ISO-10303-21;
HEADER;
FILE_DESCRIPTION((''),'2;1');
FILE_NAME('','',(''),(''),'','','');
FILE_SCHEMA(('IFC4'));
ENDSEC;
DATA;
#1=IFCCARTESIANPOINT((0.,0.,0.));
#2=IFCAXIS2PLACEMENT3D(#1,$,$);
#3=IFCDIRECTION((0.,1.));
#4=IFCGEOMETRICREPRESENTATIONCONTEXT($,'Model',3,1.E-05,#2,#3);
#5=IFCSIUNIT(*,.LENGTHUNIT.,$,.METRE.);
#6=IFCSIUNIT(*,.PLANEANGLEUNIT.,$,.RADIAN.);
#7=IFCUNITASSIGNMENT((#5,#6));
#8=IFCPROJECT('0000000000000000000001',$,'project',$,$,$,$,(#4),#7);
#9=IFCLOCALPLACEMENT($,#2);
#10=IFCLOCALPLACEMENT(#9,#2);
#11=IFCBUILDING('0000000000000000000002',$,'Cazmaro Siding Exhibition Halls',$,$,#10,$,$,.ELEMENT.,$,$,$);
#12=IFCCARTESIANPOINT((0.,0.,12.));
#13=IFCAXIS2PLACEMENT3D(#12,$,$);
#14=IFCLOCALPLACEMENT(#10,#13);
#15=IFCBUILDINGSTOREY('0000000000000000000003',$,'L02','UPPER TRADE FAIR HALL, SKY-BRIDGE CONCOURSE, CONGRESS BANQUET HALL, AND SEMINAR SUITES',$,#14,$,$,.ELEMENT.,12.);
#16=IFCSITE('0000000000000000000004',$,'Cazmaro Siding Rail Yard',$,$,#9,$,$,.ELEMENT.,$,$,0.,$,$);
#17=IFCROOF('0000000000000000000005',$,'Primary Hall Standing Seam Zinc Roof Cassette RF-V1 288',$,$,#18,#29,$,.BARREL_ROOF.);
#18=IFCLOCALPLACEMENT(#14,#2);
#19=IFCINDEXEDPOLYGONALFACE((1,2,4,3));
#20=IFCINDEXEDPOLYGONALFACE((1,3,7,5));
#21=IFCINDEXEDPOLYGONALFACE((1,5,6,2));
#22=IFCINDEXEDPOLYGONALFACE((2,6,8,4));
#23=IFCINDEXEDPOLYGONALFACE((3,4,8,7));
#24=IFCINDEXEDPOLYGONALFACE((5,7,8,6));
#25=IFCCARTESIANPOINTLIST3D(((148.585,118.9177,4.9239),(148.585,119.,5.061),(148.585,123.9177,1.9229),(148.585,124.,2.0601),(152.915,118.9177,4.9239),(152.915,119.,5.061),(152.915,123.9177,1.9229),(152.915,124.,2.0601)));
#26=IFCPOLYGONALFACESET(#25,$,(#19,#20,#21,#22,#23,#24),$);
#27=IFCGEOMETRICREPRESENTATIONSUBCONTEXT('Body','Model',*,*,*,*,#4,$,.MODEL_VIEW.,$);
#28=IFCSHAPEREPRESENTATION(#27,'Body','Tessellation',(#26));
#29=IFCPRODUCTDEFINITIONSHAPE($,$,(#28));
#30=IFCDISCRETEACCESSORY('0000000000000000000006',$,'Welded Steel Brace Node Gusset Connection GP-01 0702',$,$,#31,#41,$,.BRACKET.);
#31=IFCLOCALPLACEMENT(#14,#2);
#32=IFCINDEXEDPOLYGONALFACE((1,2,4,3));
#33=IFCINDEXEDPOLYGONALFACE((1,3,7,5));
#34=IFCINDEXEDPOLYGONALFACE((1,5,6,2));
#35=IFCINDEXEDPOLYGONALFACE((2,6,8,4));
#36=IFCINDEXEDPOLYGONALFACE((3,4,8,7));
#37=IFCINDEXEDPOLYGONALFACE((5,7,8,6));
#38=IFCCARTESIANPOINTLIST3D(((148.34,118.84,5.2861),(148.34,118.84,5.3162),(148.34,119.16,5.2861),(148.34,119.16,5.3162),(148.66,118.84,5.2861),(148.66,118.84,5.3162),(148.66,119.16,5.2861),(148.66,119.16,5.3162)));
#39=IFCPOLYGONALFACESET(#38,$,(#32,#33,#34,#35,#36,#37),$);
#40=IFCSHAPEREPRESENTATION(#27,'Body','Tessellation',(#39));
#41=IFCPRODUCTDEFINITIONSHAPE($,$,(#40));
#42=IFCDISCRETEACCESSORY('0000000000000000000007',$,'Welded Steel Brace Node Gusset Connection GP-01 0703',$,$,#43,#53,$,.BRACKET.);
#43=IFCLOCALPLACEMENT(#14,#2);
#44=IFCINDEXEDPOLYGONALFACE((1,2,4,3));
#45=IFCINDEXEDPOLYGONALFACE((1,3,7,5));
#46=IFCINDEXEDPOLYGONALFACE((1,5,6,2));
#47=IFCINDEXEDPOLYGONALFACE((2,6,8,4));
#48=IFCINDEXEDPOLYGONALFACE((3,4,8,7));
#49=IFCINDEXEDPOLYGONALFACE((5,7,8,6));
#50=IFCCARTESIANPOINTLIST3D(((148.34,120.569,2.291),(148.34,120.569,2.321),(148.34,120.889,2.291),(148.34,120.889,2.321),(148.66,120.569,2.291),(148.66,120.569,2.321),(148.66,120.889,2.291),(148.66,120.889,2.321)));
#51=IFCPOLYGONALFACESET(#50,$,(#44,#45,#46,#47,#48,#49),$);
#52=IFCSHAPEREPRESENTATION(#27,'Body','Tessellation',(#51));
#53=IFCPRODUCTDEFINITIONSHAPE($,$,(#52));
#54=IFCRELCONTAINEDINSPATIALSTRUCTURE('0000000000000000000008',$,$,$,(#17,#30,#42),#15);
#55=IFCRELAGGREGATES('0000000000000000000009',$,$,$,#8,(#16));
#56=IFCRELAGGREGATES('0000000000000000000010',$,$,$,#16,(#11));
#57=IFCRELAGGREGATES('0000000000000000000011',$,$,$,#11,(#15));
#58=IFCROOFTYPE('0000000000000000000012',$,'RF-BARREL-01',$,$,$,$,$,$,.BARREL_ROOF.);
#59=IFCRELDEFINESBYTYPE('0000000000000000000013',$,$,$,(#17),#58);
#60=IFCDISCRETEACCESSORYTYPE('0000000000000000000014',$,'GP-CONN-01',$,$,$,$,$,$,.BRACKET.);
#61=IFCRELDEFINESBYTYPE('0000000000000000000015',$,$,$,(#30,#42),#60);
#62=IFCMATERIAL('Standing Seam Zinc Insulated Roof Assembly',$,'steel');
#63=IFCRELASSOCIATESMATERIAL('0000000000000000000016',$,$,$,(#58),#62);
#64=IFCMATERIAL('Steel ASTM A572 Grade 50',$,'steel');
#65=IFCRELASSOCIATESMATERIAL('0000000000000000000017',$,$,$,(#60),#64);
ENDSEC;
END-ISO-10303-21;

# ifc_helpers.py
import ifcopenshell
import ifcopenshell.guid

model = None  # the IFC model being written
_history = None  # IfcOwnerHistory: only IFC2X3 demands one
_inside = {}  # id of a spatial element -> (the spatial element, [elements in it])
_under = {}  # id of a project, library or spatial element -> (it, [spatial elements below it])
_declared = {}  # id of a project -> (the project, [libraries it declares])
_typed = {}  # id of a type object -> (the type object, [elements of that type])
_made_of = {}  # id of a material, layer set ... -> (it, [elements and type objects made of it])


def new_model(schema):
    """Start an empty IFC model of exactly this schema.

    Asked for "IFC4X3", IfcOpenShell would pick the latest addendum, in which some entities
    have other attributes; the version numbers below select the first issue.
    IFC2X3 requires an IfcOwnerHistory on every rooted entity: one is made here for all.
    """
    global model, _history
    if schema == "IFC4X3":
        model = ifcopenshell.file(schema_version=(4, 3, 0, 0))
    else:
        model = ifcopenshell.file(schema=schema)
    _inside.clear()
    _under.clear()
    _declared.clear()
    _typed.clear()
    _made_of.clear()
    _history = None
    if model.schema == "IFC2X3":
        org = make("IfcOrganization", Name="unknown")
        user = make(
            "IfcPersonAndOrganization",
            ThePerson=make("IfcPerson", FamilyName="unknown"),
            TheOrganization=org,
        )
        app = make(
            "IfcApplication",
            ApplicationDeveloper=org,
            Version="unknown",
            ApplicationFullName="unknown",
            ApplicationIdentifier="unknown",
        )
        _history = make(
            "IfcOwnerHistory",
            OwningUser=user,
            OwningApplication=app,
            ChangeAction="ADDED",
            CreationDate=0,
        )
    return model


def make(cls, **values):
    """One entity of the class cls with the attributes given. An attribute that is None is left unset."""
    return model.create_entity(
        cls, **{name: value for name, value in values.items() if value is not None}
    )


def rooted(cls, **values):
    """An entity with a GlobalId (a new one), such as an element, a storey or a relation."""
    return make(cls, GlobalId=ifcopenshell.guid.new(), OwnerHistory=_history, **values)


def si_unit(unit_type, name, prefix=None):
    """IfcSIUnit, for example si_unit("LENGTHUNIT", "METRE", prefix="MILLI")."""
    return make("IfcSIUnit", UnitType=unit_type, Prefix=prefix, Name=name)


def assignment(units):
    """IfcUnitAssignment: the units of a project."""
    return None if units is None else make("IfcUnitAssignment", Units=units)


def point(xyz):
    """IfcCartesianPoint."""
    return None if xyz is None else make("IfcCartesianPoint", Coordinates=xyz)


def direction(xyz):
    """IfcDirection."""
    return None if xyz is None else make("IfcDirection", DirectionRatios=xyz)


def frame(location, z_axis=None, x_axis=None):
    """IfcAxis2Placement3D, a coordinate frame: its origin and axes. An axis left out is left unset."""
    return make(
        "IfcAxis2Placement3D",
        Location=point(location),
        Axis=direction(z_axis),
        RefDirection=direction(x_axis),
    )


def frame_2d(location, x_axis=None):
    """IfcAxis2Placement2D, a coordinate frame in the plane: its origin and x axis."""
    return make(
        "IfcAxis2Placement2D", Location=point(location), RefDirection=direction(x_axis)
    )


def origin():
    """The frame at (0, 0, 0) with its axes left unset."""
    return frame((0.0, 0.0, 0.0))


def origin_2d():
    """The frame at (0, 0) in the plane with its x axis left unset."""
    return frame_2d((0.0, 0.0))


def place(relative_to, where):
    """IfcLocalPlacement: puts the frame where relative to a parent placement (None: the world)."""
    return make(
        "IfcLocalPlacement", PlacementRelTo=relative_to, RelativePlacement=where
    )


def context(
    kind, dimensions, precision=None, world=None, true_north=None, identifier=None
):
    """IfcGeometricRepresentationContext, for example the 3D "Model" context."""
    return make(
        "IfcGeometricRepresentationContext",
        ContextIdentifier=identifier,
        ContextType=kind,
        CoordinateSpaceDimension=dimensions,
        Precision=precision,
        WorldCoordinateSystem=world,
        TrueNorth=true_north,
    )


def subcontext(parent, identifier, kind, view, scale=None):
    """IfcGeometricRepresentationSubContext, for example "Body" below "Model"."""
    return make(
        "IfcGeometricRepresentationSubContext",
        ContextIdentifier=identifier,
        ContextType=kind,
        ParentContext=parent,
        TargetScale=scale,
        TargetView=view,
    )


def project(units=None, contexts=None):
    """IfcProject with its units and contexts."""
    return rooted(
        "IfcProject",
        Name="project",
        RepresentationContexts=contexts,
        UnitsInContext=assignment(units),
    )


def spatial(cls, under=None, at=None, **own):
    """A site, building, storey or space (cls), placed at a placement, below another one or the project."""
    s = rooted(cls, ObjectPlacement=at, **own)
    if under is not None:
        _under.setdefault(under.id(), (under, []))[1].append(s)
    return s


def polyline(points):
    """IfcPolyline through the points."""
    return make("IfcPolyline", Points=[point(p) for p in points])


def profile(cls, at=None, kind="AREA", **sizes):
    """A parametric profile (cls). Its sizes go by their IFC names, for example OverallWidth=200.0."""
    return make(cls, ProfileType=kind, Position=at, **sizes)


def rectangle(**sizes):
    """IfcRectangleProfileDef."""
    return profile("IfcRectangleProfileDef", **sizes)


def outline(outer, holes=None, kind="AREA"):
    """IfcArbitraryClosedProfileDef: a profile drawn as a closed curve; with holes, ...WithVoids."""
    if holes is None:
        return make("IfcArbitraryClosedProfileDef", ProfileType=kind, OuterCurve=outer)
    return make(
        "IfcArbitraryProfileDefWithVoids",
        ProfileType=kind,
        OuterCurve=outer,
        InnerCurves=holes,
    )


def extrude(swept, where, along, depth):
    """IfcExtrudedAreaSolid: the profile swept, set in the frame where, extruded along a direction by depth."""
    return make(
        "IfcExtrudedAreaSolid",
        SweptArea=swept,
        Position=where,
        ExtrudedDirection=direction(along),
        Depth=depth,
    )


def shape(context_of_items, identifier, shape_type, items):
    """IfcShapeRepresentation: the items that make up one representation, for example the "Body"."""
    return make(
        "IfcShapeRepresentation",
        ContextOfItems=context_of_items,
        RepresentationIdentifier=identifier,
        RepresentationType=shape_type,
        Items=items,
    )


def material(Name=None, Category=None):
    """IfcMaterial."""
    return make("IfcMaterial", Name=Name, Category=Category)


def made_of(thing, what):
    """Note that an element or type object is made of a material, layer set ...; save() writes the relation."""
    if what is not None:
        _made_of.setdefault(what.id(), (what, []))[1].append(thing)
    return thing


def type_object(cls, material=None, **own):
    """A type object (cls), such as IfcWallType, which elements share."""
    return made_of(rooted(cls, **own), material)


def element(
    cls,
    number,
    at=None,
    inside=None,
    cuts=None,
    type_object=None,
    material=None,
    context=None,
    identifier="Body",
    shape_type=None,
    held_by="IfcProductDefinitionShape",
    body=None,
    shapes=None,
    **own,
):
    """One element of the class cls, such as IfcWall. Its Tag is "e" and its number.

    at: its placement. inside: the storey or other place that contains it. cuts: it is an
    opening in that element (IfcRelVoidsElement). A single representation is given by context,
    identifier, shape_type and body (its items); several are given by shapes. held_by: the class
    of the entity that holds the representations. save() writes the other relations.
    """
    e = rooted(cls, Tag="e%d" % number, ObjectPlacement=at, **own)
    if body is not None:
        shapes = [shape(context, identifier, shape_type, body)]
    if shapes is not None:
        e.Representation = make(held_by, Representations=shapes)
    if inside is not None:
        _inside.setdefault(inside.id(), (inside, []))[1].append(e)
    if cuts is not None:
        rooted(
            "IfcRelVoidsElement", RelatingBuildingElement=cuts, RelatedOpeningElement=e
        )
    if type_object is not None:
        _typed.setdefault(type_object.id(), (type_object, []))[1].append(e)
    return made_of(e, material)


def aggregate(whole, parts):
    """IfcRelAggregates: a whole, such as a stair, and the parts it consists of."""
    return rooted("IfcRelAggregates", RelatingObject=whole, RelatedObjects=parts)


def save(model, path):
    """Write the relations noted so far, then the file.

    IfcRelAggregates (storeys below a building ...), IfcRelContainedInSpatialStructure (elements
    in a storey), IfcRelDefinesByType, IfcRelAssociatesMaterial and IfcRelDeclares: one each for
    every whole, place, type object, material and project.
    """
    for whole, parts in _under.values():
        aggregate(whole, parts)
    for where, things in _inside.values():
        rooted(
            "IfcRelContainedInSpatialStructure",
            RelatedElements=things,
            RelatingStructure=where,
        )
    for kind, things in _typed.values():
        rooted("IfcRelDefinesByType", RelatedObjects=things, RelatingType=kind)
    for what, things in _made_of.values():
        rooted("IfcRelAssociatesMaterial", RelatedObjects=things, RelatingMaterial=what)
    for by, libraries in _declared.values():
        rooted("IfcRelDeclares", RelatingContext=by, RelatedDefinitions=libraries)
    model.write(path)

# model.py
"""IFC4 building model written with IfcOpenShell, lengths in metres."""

from ifc_helpers import new_model, si_unit, direction, frame, origin, origin_2d, place, context, subcontext, project, spatial, polyline, rectangle, outline, extrude, material, type_object, element, save


model = new_model("IFC4")

# Units and contexts
model_context = context("Model", 3, precision=1e-05, world=origin(), true_north=direction((0.0, 1.0)))
body_context = subcontext(model_context, "Body", "Model", "MODEL_VIEW")
ifc_project = project(units=[si_unit("LENGTHUNIT", "METRE"), si_unit("PLANEANGLEUNIT", "RADIAN")], contexts=[model_context])

# Site, building, storey
site_placement = place(None, origin())
site = spatial("IfcSite", under=ifc_project, at=site_placement, Name="Cazmaro Siding Rail Yard", CompositionType="ELEMENT", RefElevation=0.0)
building_placement = place(site_placement, origin())
building = spatial("IfcBuilding", under=site, at=building_placement, Name="Cazmaro Siding Exhibition Halls", CompositionType="ELEMENT")
storey_placement = place(building_placement, frame((0.0, 0.0, 12.0)))
storey = spatial("IfcBuildingStorey", under=building, at=storey_placement, Name="L02", Description="UPPER TRADE FAIR HALL, SKY-BRIDGE CONCOURSE, CONGRESS BANQUET HALL, AND SEMINAR SUITES", CompositionType="ELEMENT", Elevation=12.0)

# Roof
ifc_material_1 = material(Name="Standing Seam Zinc Insulated Roof Assembly", Category="steel")
roof_type = type_object("IfcRoofType", Name="RF-BARREL-01", PredefinedType="BARREL_ROOF", material=ifc_material_1)
roof_placement = place(storey_placement, frame((148.585, 119.0, 5.061), z_axis=(0.0, 0.514619, 0.857419), x_axis=(1.0, 0.0, 0.0)))
element("IfcRoof", 1, at=roof_placement, inside=storey, type_object=roof_type, Name="Primary Hall Standing Seam Zinc Roof Cassette RF-V1 288", PredefinedType="BARREL_ROOF", context=body_context, shape_type="SweptSolid", body=[
    extrude(outline(polyline([(0.0, 0.0), (4.3301, 0.0), (4.3301, 5.8315), (0.0, 5.8315), (0.0, 0.0)])), origin(), (0.0, 0.0, -1.0), 0.1599),
])

# Discrete accessories
ifc_material_2 = material(Name="Steel ASTM A572 Grade 50", Category="steel")
discrete_accessory_type = type_object("IfcDiscreteAccessoryType", Name="GP-CONN-01", PredefinedType="BRACKET", material=ifc_material_2)
for number, where, z_axis, x_axis, name in (
    (2, (148.5, 119.0, 5.2861), (0.0, 0.0, 1.0), (1.0, 0.0, 0.0), "Welded Steel Brace Node Gusset Connection GP-01 0702"),
    (3, (148.5, 120.729, 2.291), (0.0, 0.0, 1.0), (1.0, 0.0, 0.0), "Welded Steel Brace Node Gusset Connection GP-01 0703"),
):
    element("IfcDiscreteAccessory", number, at=place(storey_placement, frame(where, z_axis=z_axis, x_axis=x_axis)), inside=storey, type_object=discrete_accessory_type, Name=name, PredefinedType="BRACKET", context=body_context, shape_type="SweptSolid", body=[
        extrude(rectangle(XDim=0.3201, YDim=0.3201, at=origin_2d()), origin(), (0.0, 0.0, 1.0), 0.03),
    ])

save(model, "model.ifc")
